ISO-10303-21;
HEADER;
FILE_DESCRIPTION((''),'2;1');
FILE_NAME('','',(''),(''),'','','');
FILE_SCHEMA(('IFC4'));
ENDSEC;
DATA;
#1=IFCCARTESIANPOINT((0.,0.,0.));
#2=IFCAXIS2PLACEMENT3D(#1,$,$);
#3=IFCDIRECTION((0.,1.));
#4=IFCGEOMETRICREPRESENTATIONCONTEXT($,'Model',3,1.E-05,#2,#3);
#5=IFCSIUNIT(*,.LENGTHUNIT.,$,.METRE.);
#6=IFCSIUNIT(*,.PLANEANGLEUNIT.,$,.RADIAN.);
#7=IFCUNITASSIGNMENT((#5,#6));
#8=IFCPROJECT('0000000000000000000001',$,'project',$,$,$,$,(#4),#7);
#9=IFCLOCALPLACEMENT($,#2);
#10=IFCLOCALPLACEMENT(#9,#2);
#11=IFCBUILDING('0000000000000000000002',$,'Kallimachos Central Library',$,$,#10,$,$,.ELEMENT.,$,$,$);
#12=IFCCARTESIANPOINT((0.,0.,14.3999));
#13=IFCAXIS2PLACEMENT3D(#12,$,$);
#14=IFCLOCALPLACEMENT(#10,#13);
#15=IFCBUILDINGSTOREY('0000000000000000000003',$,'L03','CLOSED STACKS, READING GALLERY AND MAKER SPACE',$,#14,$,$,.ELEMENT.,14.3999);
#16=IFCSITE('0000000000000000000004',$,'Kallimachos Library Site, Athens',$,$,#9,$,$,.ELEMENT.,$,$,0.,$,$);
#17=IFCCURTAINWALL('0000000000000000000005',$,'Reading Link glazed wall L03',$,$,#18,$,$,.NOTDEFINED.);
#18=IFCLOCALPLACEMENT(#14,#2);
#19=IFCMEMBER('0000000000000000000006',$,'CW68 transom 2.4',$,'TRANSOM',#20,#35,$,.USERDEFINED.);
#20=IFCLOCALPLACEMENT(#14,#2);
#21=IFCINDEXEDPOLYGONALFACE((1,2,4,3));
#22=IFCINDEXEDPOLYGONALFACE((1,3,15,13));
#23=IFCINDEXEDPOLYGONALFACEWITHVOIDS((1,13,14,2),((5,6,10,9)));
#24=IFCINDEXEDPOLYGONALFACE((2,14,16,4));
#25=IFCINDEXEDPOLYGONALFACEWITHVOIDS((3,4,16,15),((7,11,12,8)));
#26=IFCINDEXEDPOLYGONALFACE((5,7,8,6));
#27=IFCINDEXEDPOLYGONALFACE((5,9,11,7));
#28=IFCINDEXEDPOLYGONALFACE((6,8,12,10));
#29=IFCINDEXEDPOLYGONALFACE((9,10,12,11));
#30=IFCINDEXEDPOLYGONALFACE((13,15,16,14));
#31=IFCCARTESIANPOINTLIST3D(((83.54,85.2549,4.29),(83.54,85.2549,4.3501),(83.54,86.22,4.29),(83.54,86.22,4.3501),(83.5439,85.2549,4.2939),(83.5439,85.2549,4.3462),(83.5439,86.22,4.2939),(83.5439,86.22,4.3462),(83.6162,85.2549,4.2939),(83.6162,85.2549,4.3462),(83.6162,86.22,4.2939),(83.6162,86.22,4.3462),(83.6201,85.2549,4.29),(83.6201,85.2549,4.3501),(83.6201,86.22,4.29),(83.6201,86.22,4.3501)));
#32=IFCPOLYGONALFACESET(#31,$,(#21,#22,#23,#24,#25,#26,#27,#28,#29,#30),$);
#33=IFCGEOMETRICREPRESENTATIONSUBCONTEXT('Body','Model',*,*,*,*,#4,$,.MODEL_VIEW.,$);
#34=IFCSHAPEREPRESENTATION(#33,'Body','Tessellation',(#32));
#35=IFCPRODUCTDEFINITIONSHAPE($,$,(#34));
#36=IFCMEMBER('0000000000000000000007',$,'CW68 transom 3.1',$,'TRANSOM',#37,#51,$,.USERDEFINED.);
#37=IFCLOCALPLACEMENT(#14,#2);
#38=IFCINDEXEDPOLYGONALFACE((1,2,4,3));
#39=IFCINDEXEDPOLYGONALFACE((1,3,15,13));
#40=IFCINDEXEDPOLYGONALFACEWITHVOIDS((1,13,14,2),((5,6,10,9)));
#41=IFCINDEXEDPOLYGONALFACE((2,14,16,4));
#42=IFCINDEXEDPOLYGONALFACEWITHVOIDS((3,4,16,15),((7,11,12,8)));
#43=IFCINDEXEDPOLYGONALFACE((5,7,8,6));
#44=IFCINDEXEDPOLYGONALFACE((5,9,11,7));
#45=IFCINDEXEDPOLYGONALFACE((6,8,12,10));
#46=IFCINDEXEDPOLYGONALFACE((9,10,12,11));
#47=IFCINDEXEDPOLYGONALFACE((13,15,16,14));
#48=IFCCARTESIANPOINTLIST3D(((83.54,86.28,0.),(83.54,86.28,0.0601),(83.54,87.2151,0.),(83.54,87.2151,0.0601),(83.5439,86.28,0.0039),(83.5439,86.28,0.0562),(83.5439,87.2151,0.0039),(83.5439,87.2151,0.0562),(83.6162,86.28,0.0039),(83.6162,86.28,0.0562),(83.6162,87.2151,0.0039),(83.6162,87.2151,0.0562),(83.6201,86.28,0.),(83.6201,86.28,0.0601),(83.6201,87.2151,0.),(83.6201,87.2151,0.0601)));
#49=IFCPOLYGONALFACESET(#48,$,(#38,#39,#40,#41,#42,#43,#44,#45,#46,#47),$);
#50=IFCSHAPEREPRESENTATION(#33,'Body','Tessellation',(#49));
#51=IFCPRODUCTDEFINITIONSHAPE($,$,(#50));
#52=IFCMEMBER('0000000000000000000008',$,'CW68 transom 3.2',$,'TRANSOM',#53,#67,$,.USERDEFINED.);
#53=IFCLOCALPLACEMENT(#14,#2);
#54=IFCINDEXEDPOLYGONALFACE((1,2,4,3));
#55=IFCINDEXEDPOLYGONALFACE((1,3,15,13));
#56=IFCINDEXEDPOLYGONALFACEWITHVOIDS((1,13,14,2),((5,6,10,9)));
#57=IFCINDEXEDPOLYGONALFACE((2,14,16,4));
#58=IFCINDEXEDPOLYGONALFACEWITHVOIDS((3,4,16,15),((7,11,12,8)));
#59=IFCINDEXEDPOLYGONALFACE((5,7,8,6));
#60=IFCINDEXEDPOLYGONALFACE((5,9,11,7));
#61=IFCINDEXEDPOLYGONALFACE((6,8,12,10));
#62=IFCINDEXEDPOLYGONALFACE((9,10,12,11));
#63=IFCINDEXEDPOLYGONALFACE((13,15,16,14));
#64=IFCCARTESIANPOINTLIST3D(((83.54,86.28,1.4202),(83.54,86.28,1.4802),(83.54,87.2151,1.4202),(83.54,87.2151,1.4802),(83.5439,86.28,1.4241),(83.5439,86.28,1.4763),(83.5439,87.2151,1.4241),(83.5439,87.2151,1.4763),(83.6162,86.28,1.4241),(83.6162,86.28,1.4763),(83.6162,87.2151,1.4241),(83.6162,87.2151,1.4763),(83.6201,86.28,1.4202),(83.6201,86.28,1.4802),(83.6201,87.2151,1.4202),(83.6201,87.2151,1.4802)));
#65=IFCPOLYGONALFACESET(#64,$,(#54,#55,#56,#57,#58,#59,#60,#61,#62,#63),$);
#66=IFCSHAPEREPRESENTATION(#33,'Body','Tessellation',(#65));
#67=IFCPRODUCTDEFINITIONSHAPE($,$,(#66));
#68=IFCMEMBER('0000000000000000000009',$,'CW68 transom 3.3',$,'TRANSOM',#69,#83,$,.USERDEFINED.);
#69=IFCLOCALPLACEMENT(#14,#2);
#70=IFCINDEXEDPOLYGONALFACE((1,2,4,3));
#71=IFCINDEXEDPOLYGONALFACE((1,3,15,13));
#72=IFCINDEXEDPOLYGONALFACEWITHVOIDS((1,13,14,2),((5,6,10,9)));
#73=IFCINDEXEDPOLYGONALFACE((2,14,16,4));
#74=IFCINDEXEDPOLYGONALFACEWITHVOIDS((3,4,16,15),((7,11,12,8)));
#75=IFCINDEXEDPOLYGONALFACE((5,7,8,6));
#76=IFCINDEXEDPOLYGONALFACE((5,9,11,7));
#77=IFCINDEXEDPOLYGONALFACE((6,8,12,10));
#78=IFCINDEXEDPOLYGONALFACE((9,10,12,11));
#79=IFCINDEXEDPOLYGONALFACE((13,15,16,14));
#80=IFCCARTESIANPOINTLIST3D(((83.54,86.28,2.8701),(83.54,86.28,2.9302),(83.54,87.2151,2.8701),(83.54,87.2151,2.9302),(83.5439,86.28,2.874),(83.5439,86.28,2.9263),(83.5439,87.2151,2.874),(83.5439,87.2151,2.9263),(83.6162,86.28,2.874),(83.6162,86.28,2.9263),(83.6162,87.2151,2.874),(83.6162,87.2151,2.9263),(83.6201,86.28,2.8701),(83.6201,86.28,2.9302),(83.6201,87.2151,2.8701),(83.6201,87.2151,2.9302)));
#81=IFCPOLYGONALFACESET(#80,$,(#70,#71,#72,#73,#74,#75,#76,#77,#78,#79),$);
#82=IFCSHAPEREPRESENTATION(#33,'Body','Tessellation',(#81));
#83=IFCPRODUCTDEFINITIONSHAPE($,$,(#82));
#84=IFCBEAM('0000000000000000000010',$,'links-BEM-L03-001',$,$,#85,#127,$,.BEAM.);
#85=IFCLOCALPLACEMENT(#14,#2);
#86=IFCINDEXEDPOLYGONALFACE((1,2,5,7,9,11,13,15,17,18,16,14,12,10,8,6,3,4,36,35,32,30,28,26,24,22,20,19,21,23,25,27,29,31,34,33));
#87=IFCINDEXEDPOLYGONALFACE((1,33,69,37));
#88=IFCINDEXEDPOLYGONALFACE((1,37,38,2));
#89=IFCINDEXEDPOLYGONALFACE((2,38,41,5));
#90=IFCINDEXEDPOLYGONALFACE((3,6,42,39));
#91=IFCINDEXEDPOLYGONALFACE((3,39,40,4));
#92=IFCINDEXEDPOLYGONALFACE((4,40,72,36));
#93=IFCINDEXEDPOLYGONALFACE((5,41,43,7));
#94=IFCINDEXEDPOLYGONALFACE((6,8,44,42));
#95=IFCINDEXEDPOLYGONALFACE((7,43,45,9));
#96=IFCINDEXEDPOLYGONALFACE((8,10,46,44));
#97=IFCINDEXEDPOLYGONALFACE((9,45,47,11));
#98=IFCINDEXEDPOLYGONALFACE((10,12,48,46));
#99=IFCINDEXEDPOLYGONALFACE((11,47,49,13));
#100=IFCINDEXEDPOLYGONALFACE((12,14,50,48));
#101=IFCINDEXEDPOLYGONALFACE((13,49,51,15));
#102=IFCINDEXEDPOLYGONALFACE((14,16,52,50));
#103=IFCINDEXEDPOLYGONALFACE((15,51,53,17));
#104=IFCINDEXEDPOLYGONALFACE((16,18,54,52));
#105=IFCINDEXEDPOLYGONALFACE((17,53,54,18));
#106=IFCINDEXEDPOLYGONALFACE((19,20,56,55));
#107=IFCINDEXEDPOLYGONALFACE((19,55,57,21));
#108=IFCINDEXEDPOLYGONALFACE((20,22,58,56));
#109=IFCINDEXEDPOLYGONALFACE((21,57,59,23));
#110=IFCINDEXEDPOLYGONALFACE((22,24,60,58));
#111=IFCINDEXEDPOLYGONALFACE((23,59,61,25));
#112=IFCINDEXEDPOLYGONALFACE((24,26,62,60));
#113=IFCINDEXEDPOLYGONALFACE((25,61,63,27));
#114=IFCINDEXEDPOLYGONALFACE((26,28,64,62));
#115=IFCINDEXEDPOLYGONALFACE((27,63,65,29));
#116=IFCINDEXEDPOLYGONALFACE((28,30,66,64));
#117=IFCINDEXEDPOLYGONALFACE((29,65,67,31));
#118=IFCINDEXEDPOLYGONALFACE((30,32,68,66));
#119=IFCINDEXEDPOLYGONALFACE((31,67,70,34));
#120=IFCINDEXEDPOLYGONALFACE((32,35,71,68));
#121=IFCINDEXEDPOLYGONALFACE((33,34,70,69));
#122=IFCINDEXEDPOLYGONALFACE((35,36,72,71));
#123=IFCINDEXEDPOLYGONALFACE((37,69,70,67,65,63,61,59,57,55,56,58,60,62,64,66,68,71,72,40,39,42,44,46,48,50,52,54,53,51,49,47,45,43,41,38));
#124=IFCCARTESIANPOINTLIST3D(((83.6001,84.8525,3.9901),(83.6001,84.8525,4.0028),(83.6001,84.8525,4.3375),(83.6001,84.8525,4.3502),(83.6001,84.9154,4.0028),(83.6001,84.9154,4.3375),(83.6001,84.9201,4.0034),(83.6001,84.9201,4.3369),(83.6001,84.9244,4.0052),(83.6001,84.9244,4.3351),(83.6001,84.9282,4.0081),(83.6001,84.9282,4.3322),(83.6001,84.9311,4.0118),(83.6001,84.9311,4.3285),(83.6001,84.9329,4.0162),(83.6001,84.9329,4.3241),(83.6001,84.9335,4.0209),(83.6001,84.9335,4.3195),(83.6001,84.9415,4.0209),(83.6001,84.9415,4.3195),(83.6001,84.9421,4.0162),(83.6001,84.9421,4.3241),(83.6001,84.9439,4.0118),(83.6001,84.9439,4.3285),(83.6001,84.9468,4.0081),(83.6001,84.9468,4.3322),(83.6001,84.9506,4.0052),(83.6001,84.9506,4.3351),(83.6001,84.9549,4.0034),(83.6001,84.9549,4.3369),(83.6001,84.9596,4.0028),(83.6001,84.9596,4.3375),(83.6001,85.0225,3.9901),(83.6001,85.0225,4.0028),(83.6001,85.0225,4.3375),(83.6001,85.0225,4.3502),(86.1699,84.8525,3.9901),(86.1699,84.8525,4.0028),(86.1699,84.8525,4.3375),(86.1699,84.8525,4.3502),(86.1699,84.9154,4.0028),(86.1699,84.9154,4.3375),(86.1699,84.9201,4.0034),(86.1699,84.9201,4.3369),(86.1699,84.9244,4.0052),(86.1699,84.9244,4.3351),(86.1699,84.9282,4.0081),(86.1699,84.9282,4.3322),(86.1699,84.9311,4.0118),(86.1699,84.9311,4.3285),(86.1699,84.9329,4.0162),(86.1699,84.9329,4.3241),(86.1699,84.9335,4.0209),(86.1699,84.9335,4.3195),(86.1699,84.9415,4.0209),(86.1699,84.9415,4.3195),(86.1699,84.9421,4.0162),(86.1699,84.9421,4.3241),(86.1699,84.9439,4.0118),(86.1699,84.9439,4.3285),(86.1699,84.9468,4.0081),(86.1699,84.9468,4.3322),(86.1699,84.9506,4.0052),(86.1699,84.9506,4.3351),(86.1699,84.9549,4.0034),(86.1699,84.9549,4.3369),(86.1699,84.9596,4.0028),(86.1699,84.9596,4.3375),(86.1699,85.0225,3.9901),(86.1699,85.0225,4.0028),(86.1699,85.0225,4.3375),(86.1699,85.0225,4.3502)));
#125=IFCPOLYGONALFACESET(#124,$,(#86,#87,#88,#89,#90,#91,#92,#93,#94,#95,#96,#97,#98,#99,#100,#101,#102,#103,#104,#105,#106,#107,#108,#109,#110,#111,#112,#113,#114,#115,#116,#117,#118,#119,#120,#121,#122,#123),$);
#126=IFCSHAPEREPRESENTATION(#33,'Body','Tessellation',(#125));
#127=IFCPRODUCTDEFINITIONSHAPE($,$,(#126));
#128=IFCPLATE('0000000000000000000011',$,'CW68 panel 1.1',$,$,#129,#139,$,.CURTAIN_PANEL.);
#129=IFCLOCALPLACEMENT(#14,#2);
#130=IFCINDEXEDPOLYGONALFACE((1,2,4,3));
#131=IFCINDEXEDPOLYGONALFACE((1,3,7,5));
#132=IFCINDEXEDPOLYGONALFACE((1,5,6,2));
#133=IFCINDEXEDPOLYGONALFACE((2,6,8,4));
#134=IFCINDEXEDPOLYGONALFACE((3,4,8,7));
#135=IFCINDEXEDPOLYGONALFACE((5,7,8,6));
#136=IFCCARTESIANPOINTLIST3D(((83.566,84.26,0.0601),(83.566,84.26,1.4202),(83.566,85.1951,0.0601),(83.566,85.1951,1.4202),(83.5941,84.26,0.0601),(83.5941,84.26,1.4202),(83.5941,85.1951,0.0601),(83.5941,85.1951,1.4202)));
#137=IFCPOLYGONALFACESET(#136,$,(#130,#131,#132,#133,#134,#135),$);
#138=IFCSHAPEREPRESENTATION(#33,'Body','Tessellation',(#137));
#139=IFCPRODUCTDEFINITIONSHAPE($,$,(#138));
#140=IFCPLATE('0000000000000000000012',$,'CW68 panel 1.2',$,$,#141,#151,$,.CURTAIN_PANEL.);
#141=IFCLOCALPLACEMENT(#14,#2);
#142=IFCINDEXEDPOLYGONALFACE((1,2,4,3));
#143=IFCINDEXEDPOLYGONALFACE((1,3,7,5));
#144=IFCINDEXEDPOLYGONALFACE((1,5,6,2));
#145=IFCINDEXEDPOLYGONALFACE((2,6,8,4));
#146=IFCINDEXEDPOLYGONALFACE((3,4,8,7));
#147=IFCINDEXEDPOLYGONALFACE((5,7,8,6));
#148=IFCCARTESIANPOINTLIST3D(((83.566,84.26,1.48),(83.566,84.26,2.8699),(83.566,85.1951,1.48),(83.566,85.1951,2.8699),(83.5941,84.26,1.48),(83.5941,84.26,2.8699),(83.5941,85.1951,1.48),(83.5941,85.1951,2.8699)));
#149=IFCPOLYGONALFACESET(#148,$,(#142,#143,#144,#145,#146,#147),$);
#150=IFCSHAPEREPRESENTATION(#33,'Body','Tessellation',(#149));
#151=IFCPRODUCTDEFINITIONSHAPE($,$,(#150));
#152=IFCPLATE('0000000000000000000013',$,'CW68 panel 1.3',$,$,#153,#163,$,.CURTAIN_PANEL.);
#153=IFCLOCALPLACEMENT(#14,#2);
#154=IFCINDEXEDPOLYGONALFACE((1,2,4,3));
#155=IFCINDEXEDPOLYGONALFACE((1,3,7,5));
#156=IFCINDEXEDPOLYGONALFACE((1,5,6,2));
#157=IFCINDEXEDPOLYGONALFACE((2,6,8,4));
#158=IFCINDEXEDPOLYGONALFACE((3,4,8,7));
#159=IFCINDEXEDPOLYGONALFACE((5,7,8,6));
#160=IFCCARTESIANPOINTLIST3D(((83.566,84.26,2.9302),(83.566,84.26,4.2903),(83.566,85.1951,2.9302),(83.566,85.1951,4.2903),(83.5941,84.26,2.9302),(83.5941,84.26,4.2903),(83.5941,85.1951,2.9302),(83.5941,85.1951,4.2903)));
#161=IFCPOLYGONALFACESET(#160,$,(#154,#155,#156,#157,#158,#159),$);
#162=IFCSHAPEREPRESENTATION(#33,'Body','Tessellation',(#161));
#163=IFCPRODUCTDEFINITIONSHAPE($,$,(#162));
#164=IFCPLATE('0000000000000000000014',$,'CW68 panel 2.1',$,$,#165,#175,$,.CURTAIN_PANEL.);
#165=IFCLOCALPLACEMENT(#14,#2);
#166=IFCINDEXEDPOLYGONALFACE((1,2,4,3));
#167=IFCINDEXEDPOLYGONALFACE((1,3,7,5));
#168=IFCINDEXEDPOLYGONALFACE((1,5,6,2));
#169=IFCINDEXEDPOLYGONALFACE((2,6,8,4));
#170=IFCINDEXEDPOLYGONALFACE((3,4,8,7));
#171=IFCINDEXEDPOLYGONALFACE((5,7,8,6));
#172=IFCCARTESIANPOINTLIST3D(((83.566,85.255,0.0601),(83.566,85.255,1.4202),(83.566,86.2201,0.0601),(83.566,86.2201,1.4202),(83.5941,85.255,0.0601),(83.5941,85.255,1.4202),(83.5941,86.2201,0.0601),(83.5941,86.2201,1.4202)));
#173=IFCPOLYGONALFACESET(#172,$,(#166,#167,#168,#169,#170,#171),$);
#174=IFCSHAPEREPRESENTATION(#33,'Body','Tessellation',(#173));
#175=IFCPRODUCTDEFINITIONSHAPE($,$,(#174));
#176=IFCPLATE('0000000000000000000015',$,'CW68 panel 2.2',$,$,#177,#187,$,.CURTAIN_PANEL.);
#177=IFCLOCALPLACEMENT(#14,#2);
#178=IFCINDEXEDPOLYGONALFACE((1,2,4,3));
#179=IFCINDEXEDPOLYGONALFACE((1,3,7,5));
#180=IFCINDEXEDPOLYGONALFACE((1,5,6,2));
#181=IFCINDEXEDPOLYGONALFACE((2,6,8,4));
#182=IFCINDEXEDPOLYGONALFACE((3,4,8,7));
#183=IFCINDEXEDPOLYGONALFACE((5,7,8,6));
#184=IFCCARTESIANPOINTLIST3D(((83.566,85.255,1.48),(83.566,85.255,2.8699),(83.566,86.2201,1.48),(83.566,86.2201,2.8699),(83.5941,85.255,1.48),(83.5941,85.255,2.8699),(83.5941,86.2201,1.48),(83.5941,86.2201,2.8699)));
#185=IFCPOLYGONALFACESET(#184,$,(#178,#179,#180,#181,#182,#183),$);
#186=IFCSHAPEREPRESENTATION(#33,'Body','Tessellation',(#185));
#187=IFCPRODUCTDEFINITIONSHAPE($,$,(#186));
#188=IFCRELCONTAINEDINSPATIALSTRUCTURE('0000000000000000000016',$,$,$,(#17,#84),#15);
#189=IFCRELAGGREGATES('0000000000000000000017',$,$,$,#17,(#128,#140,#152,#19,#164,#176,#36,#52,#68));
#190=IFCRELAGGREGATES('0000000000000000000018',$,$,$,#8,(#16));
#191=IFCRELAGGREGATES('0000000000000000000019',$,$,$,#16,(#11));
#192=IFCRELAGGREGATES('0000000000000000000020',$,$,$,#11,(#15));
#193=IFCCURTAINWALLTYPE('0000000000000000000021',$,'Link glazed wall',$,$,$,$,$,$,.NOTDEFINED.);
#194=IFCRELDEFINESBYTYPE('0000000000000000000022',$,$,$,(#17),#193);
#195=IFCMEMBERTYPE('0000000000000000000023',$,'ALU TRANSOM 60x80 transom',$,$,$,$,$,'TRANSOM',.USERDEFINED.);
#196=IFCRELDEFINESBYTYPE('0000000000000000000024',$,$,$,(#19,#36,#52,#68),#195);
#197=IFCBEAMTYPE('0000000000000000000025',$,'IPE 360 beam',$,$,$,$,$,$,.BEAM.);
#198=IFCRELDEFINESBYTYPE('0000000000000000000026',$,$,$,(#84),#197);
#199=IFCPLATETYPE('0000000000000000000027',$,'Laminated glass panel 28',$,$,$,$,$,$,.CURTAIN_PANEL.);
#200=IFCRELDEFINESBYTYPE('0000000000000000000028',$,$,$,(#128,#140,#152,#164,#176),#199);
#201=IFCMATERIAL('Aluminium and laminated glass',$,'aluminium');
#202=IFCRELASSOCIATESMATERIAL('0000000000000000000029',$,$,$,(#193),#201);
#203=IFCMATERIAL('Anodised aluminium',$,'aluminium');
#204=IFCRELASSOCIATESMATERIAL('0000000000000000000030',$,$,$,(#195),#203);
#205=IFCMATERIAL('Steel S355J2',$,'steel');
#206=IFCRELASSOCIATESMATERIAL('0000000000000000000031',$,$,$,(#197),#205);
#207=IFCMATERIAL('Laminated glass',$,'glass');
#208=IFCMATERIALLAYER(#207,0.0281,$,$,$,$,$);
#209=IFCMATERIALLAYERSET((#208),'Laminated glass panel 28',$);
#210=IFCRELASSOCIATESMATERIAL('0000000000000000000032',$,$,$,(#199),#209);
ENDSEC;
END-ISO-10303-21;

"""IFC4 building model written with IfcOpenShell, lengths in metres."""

from ifc_helpers import new_model, si_unit, direction, frame, origin, origin_2d, place, context, subcontext, project, spatial, rectangle, hollow_rectangle, i_section, extrude, material, layer, layer_set, material_profile, profile_set, type_object, element, aggregate, save


model = new_model("IFC4")

# Units and contexts
model_context = context("Model", 3, precision=1e-05, world=origin(), true_north=direction((0.0, 1.0)))
body_context = subcontext(model_context, "Body", "Model", "MODEL_VIEW")
ifc_project = project(units=[si_unit("LENGTHUNIT", "METRE"), si_unit("PLANEANGLEUNIT", "RADIAN")], contexts=[model_context])

# Site, building, storey
site_placement = place(None, origin())
site = spatial("IfcSite", under=ifc_project, at=site_placement, Name="Kallimachos Library Site, Athens", CompositionType="ELEMENT", RefElevation=0.0)
building_placement = place(site_placement, origin())
building = spatial("IfcBuilding", under=site, at=building_placement, Name="Kallimachos Central Library", CompositionType="ELEMENT")
storey_placement = place(building_placement, frame((0.0, 0.0, 14.3999)))
storey = spatial("IfcBuildingStorey", under=building, at=storey_placement, Name="L03", Description="CLOSED STACKS, READING GALLERY AND MAKER SPACE", CompositionType="ELEMENT", Elevation=14.3999)

# Curtain wall, members
ifc_material_1 = material(Name="Aluminium and laminated glass", Category="aluminium")
curtain_wall_type = type_object("IfcCurtainWallType", Name="Link glazed wall", PredefinedType="NOTDEFINED", material=ifc_material_1)
curtain_wall_placement = place(storey_placement, origin())
curtain_wall = element("IfcCurtainWall", 1, at=curtain_wall_placement, inside=storey, type_object=curtain_wall_type, Name="Reading Link glazed wall L03", PredefinedType="NOTDEFINED")
ifc_material_2 = material(Name="Anodised aluminium", Category="aluminium")
ifc_material_profile_1 = material_profile(ifc_material_2, hollow_rectangle(XDim=0.0601, YDim=0.0801, WallThickness=0.0039, at=origin_2d()), Name="ALU TRANSOM 60x80")
ifc_profile_set_1 = profile_set([ifc_material_profile_1], Name="Anodised aluminium")
member_type_1 = type_object("IfcMemberType", Name="ALU TRANSOM 60x80 transom", ElementType="TRANSOM", PredefinedType="USERDEFINED", material=ifc_profile_set_1)
member_1_placement = place(storey_placement, frame((83.5801, 85.2549, 4.3201), z_axis=(0.0, 1.0, 0.0), x_axis=(0.0, 0.0, 1.0)))
member_1 = element("IfcMember", 2, at=member_1_placement, type_object=member_type_1, Name="CW68 transom 2.4", ObjectType="TRANSOM", PredefinedType="USERDEFINED", context=body_context, shape_type="SweptSolid", body=[
    extrude(hollow_rectangle(XDim=0.0601, YDim=0.0801, WallThickness=0.0039, at=origin_2d()), origin(), (0.0, 0.0, 1.0), 0.9651),
])
member_2_placement = place(storey_placement, frame((83.5801, 86.28, 0.03), z_axis=(0.0, 1.0, 0.0), x_axis=(0.0, 0.0, 1.0)))
member_2 = element("IfcMember", 3, at=member_2_placement, type_object=member_type_1, Name="CW68 transom 3.1", ObjectType="TRANSOM", PredefinedType="USERDEFINED", context=body_context, shape_type="SweptSolid", body=[
    extrude(hollow_rectangle(XDim=0.0601, YDim=0.0801, WallThickness=0.0039, at=origin_2d()), origin(), (0.0, 0.0, 1.0), 0.9351),
])
member_3_placement = place(storey_placement, frame((83.5801, 86.28, 1.4502), z_axis=(0.0, 1.0, 0.0), x_axis=(0.0, 0.0, 1.0)))
member_3 = element("IfcMember", 4, at=member_3_placement, type_object=member_type_1, Name="CW68 transom 3.2", ObjectType="TRANSOM", PredefinedType="USERDEFINED", context=body_context, shape_type="SweptSolid", body=[
    extrude(hollow_rectangle(XDim=0.0601, YDim=0.0801, WallThickness=0.0039, at=origin_2d()), origin(), (0.0, 0.0, 1.0), 0.9351),
])
member_4_placement = place(storey_placement, frame((83.5801, 86.28, 2.9001), z_axis=(0.0, 1.0, 0.0), x_axis=(0.0, 0.0, 1.0)))
member_4 = element("IfcMember", 5, at=member_4_placement, type_object=member_type_1, Name="CW68 transom 3.3", ObjectType="TRANSOM", PredefinedType="USERDEFINED", context=body_context, shape_type="SweptSolid", body=[
    extrude(hollow_rectangle(XDim=0.0601, YDim=0.0801, WallThickness=0.0039, at=origin_2d()), origin(), (0.0, 0.0, 1.0), 0.9351),
])

# Beam
ifc_material_3 = material(Name="Steel S355J2", Category="steel")
ifc_material_profile_2 = material_profile(ifc_material_3, i_section(OverallWidth=0.1699, OverallDepth=0.3601, WebThickness=0.0081, FlangeThickness=0.0127, FilletRadius=0.0181, at=origin_2d()), Name="IPE 360")
ifc_profile_set_2 = profile_set([ifc_material_profile_2], Name="Steel S355J2")
beam_type = type_object("IfcBeamType", Name="IPE 360 beam", PredefinedType="BEAM", material=ifc_profile_set_2)
beam_placement = place(storey_placement, frame((83.6001, 84.9375, 4.1702), z_axis=(1.0, 0.0, 0.0), x_axis=(0.0, 1.0, 0.0)))
element("IfcBeam", 6, at=beam_placement, inside=storey, type_object=beam_type, Name="links-BEM-L03-001", PredefinedType="BEAM", context=body_context, shape_type="SweptSolid", body=[
    extrude(i_section(OverallWidth=0.1699, OverallDepth=0.3601, WebThickness=0.0081, FlangeThickness=0.0127, FilletRadius=0.0181, at=origin_2d()), origin(), (0.0, 0.0, 1.0), 2.5698),
])

# Plates
ifc_material_4 = material(Name="Laminated glass", Category="glass")
ifc_layer = layer(ifc_material_4, 0.0281)
ifc_layer_set = layer_set([ifc_layer], Name="Laminated glass panel 28")
plate_type = type_object("IfcPlateType", Name="Laminated glass panel 28", PredefinedType="CURTAIN_PANEL", material=ifc_layer_set)
plate_1_placement = place(storey_placement, frame((83.5801, 84.7275, 0.0601), z_axis=(0.0, 0.0, 1.0), x_axis=(0.0, 1.0, 0.0)))
plate_1 = element("IfcPlate", 7, at=plate_1_placement, type_object=plate_type, Name="CW68 panel 1.1", PredefinedType="CURTAIN_PANEL", context=body_context, shape_type="SweptSolid", body=[
    extrude(rectangle(XDim=0.9351, YDim=0.0281, at=origin_2d()), origin(), (0.0, 0.0, 1.0), 1.3601),
])
plate_2_placement = place(storey_placement, frame((83.5801, 84.7275, 1.48), z_axis=(0.0, 0.0, 1.0), x_axis=(0.0, 1.0, 0.0)))
plate_2 = element("IfcPlate", 8, at=plate_2_placement, type_object=plate_type, Name="CW68 panel 1.2", PredefinedType="CURTAIN_PANEL", context=body_context, shape_type="SweptSolid", body=[
    extrude(rectangle(XDim=0.9351, YDim=0.0281, at=origin_2d()), origin(), (0.0, 0.0, 1.0), 1.3899),
])
plate_3_placement = place(storey_placement, frame((83.5801, 84.7275, 2.9302), z_axis=(0.0, 0.0, 1.0), x_axis=(0.0, 1.0, 0.0)))
plate_3 = element("IfcPlate", 9, at=plate_3_placement, type_object=plate_type, Name="CW68 panel 1.3", PredefinedType="CURTAIN_PANEL", context=body_context, shape_type="SweptSolid", body=[
    extrude(rectangle(XDim=0.9351, YDim=0.0281, at=origin_2d()), origin(), (0.0, 0.0, 1.0), 1.3601),
])
plate_4_placement = place(storey_placement, frame((83.5801, 85.7375, 0.0601), z_axis=(0.0, 0.0, 1.0), x_axis=(0.0, 1.0, 0.0)))
plate_4 = element("IfcPlate", 10, at=plate_4_placement, type_object=plate_type, Name="CW68 panel 2.1", PredefinedType="CURTAIN_PANEL", context=body_context, shape_type="SweptSolid", body=[
    extrude(rectangle(XDim=0.9651, YDim=0.0281, at=origin_2d()), origin(), (0.0, 0.0, 1.0), 1.3601),
])
plate_5_placement = place(storey_placement, frame((83.5801, 85.7375, 1.48), z_axis=(0.0, 0.0, 1.0), x_axis=(0.0, 1.0, 0.0)))
plate_5 = element("IfcPlate", 11, at=plate_5_placement, type_object=plate_type, Name="CW68 panel 2.2", PredefinedType="CURTAIN_PANEL", context=body_context, shape_type="SweptSolid", body=[
    extrude(rectangle(XDim=0.9651, YDim=0.0281, at=origin_2d()), origin(), (0.0, 0.0, 1.0), 1.3899),
])
aggregate(curtain_wall, [plate_1, plate_2, plate_3, member_1, plate_4, plate_5, member_2, member_3, member_4])

save(model, "model.ifc")
